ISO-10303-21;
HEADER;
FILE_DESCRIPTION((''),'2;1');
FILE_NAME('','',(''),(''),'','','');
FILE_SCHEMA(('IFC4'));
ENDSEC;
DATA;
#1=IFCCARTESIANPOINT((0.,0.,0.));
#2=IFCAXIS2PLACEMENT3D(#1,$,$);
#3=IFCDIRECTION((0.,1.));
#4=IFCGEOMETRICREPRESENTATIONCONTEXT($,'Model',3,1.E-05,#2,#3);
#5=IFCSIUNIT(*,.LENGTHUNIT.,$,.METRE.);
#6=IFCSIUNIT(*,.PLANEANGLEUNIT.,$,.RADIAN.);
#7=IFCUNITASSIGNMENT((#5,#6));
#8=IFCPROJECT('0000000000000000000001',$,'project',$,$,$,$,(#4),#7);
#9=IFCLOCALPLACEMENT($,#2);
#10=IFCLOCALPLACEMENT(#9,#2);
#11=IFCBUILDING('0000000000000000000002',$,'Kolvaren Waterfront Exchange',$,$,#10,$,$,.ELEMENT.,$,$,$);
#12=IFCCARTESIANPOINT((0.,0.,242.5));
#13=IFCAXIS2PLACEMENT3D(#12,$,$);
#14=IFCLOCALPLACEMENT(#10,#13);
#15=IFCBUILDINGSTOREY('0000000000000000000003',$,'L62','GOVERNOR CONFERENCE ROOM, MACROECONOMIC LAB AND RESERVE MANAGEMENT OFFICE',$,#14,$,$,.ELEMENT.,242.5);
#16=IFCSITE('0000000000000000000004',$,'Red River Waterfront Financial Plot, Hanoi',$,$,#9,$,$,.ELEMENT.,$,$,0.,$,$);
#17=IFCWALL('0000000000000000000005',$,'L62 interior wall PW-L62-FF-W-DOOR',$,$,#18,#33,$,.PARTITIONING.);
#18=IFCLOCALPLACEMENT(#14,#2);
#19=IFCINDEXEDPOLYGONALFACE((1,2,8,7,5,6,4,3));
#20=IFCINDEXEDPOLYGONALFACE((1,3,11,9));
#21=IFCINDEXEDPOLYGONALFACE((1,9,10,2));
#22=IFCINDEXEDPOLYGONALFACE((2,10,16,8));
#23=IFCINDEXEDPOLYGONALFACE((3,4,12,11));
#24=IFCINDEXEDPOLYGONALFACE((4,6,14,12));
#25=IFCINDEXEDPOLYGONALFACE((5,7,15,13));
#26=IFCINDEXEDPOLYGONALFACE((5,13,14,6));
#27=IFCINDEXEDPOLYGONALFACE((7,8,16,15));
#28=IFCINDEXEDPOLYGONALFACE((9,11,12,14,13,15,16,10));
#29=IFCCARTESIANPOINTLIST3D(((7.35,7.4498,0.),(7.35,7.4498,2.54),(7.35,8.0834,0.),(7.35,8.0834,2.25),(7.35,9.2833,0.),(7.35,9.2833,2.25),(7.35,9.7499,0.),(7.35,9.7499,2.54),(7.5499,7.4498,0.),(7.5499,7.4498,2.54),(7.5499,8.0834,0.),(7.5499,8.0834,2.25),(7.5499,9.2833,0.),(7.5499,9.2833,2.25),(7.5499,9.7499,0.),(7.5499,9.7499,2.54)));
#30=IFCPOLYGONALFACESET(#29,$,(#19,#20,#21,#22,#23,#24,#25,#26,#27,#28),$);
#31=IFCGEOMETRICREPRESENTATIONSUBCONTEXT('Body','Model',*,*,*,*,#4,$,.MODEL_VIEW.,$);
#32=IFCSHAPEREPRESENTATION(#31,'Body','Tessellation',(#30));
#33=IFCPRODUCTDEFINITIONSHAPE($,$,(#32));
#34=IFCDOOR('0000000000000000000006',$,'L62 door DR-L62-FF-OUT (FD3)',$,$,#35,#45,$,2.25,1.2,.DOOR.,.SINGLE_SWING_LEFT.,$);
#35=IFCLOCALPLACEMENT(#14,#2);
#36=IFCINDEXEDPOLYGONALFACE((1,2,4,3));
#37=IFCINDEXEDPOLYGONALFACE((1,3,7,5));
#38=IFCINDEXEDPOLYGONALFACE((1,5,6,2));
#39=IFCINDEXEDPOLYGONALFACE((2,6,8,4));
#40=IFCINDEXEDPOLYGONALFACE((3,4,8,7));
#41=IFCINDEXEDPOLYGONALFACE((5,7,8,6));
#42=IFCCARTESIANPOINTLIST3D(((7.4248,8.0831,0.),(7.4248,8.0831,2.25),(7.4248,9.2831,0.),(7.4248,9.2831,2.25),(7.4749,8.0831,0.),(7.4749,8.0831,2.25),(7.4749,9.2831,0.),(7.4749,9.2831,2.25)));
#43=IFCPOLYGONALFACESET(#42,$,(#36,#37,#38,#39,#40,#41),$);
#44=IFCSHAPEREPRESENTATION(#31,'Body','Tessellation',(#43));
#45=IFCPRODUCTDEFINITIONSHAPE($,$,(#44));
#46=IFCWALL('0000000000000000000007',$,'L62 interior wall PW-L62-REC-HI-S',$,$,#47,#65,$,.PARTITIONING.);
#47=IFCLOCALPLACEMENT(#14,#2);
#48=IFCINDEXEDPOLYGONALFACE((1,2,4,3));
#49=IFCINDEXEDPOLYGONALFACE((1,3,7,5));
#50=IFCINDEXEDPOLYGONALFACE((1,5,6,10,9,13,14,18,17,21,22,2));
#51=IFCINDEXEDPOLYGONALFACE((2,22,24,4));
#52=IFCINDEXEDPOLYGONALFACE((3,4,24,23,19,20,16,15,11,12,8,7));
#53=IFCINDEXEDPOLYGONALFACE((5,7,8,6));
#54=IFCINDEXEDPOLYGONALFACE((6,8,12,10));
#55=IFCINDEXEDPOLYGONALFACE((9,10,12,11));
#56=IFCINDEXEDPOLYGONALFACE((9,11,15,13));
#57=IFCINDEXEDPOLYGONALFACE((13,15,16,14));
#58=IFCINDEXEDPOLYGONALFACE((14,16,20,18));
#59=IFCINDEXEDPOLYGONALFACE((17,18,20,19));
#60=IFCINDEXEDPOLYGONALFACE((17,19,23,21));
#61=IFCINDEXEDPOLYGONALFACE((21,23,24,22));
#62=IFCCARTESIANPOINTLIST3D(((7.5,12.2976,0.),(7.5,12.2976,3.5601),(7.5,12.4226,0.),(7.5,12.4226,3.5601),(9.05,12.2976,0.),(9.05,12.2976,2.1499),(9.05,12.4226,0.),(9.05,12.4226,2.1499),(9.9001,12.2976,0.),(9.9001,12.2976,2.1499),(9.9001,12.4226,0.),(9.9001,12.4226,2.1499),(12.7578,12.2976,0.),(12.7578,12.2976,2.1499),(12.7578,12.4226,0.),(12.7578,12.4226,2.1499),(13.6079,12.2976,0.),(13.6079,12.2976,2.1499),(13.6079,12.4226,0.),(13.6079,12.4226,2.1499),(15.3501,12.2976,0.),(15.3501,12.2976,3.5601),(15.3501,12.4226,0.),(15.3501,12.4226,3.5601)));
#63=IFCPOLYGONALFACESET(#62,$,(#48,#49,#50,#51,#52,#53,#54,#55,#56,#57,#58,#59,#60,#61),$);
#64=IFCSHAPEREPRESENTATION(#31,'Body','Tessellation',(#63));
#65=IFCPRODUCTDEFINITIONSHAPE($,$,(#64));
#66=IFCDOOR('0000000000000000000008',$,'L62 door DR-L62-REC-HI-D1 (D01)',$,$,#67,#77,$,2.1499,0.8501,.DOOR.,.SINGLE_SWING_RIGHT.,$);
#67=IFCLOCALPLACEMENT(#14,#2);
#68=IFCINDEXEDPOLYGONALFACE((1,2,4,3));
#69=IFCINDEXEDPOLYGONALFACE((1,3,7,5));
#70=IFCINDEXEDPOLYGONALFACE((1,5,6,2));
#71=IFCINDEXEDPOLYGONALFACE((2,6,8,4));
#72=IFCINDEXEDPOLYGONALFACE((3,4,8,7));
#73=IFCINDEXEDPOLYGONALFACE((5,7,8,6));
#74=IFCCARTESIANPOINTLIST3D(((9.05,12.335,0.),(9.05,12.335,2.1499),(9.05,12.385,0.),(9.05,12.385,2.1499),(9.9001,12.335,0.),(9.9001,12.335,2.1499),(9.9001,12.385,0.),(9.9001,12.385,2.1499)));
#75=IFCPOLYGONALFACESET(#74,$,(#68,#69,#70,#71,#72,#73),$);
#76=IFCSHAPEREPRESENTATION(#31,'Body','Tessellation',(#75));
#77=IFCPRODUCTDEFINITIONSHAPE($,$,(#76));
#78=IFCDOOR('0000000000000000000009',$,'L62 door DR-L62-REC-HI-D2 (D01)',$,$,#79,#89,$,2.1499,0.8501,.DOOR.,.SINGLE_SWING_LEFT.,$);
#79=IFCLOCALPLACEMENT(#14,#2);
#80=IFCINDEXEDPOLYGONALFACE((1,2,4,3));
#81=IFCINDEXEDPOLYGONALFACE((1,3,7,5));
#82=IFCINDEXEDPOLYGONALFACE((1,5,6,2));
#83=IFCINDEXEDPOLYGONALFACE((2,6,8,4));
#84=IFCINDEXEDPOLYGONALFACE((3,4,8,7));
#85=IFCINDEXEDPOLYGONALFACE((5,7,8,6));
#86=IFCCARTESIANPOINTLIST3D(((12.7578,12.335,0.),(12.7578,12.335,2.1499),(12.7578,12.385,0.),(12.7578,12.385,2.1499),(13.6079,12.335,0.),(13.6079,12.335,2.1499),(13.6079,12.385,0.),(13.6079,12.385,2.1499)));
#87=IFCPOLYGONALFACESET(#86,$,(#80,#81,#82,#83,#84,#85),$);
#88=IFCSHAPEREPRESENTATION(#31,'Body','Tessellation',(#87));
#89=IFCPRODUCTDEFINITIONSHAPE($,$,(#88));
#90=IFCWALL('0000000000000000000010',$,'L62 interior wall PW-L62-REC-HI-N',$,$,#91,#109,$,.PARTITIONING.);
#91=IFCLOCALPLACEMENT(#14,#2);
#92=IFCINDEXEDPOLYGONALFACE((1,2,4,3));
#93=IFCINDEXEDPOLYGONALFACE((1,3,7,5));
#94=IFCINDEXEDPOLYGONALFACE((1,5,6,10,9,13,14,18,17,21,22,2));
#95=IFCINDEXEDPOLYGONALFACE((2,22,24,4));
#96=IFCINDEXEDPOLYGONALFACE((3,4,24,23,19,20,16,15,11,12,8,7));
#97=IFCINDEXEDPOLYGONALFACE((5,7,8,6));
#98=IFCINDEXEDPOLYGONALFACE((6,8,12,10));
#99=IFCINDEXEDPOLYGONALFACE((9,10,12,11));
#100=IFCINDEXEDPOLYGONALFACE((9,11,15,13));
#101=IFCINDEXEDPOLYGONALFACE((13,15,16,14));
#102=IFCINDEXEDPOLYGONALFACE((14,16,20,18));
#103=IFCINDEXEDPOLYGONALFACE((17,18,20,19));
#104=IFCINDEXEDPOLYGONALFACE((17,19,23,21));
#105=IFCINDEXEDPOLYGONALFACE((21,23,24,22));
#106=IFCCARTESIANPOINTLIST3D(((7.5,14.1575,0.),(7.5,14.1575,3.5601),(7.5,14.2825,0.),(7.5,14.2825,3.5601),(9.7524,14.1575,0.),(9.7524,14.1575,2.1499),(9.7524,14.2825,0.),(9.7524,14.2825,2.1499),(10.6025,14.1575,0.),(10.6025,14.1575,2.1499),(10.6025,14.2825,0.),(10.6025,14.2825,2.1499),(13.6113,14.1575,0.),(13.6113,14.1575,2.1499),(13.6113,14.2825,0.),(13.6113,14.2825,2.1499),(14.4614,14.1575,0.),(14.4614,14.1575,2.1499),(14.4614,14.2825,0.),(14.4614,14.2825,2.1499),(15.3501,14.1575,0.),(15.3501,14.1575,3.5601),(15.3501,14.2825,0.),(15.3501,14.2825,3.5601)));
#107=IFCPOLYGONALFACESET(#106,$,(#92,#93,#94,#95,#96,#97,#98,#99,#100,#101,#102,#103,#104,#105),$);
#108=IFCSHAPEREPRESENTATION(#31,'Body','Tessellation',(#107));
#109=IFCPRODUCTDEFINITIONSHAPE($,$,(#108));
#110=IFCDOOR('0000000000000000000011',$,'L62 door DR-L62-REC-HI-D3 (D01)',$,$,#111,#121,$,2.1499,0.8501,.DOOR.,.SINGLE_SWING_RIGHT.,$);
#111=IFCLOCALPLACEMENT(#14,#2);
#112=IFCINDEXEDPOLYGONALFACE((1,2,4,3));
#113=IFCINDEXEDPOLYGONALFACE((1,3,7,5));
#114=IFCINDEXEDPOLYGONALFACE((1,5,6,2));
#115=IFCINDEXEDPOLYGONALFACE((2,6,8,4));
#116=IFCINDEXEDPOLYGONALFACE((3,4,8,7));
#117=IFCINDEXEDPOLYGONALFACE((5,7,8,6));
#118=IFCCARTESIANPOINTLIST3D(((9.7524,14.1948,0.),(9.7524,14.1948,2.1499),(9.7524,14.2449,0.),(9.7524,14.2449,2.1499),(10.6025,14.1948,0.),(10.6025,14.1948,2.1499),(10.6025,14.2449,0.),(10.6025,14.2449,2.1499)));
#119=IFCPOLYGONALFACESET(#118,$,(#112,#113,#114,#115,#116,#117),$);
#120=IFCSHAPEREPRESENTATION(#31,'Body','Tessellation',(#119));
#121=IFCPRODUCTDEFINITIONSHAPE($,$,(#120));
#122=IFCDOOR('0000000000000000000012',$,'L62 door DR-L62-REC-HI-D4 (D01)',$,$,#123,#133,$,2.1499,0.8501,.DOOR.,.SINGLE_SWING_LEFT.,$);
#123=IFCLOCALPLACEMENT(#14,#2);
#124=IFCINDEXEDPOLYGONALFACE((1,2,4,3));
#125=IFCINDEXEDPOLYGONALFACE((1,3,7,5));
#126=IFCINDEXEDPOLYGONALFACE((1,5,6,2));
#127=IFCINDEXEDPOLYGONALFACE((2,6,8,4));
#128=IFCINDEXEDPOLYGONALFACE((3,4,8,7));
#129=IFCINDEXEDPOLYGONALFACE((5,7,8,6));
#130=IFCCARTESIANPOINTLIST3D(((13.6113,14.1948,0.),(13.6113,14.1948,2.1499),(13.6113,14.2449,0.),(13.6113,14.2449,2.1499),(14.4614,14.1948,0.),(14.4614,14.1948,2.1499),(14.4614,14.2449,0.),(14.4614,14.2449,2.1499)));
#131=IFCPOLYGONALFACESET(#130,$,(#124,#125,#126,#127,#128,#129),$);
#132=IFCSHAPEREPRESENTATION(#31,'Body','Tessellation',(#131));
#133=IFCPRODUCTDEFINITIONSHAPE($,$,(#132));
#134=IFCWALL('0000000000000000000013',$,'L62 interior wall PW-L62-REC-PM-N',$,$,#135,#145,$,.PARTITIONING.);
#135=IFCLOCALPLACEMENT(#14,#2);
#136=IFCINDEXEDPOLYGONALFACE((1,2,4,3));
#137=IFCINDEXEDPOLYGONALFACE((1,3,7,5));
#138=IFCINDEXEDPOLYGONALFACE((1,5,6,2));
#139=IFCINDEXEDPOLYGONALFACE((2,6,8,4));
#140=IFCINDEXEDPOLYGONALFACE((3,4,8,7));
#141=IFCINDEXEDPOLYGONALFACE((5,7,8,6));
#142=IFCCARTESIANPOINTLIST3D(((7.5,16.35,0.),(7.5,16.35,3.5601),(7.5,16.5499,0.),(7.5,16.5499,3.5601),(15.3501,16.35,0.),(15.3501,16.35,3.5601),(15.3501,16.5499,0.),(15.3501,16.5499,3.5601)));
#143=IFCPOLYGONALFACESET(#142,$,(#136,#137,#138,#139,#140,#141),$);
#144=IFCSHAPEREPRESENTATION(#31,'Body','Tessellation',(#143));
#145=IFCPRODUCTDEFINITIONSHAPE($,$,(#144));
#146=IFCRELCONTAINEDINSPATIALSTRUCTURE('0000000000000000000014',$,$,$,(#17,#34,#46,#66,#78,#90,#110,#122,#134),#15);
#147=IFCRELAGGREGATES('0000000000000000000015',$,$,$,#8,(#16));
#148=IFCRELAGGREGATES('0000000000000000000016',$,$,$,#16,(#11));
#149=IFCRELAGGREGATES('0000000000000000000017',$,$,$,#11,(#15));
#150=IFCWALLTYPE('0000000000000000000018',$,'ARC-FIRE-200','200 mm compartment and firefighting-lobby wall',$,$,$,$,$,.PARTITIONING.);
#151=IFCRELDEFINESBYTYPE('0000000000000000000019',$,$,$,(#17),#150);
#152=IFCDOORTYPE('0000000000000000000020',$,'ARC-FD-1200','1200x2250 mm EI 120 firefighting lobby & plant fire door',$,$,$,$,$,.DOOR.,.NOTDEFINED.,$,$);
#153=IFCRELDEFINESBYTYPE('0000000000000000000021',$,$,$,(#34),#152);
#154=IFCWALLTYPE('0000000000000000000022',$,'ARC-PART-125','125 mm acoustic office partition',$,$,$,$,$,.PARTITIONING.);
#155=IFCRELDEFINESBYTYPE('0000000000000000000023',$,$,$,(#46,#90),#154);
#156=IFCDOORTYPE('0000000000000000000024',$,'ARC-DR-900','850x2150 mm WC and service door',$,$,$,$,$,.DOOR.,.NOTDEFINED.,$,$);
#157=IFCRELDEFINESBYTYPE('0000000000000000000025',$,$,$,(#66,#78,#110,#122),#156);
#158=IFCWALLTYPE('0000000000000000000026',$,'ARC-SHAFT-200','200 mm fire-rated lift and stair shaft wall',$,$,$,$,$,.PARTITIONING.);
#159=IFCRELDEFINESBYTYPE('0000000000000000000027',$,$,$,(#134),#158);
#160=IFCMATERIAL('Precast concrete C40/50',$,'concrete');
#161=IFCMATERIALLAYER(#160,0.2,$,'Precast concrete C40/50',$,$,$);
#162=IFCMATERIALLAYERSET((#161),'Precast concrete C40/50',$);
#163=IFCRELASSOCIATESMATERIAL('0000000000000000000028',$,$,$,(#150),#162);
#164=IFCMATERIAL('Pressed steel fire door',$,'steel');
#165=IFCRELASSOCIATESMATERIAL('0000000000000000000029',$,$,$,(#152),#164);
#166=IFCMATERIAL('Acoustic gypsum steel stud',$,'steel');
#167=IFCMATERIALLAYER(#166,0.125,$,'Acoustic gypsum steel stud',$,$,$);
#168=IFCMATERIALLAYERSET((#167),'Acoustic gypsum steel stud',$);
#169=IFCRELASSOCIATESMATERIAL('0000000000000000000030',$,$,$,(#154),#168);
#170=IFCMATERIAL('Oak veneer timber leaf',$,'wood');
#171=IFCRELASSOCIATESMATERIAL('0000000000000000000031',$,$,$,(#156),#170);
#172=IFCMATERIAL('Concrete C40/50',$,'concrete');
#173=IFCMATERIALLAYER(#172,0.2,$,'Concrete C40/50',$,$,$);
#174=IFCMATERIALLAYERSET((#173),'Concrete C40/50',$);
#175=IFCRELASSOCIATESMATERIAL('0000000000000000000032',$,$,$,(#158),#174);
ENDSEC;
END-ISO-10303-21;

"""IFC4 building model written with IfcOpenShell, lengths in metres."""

from ifc_helpers import new_model, si_unit, direction, frame, frame_2d, origin, place, context, subcontext, project, spatial, rectangle, extrude, material, layer, layer_set, type_object, element, fill, save


model = new_model("IFC4")

# Units and contexts
model_context = context("Model", 3, precision=1e-05, world=origin(), true_north=direction((0.0, 1.0)))
body_context = subcontext(model_context, "Body", "Model", "MODEL_VIEW")
ifc_project = project(units=[si_unit("LENGTHUNIT", "METRE"), si_unit("PLANEANGLEUNIT", "RADIAN")], contexts=[model_context])

# Site, building, storey
site_placement = place(None, origin())
site = spatial("IfcSite", under=ifc_project, at=site_placement, Name="Red River Waterfront Financial Plot, Hanoi", CompositionType="ELEMENT", RefElevation=0.0)
building_placement = place(site_placement, origin())
building = spatial("IfcBuilding", under=site, at=building_placement, Name="Kolvaren Waterfront Exchange", CompositionType="ELEMENT")
storey_placement = place(building_placement, frame((0.0, 0.0, 242.5)))
storey = spatial("IfcBuildingStorey", under=building, at=storey_placement, Name="L62", Description="GOVERNOR CONFERENCE ROOM, MACROECONOMIC LAB AND RESERVE MANAGEMENT OFFICE", CompositionType="ELEMENT", Elevation=242.5)

# Shared definitions
ifc_material_1 = material(Name="Precast concrete C40/50", Category="concrete")
ifc_layer_1 = layer(ifc_material_1, 0.2, Name="Precast concrete C40/50")
ifc_layer_set_1 = layer_set([ifc_layer_1], Name="Precast concrete C40/50")
wall_type_1 = type_object("IfcWallType", Name="ARC-FIRE-200", Description="200 mm compartment and firefighting-lobby wall", PredefinedType="PARTITIONING", material=ifc_layer_set_1)

# Wall, opening, door
wall_1_placement = place(storey_placement, frame((7.45, 7.45, 0.0), z_axis=(0.0, 0.0, 1.0), x_axis=(0.0, 1.0, 0.0)))
wall_1 = element("IfcWall", 1, at=wall_1_placement, inside=storey, type_object=wall_type_1, Name="L62 interior wall PW-L62-FF-W-DOOR", PredefinedType="PARTITIONING", context=body_context, shape_type="SweptSolid", body=[
    extrude(rectangle(XDim=2.3, YDim=0.2, at=frame_2d((1.1499, 0.0))), origin(), (0.0, 0.0, 1.0), 2.54),
])
opening_1_placement = place(wall_1_placement, frame((0.6333, 0.0, 0.0)))
opening_1 = element("IfcOpeningElement", 2, at=opening_1_placement, cuts=wall_1, PredefinedType="OPENING", context=body_context, shape_type="SweptSolid", body=[
    extrude(rectangle(XDim=1.2, YDim=2.25, at=frame_2d((0.6001, 1.125))), frame((0.0, 0.1099, 0.0), z_axis=(0.0, -1.0, 0.0), x_axis=(1.0, 0.0, 0.0)), (0.0, 0.0, 1.0), 0.22),
])
ifc_material_2 = material(Name="Pressed steel fire door", Category="steel")
door_type_1 = type_object("IfcDoorType", Name="ARC-FD-1200", Description="1200x2250 mm EI 120 firefighting lobby & plant fire door", OperationType="NOTDEFINED", PredefinedType="DOOR", material=ifc_material_2)
door_1_placement = place(opening_1_placement, frame((1.2, 0.0, 0.0), z_axis=(0.0, 0.0, 1.0), x_axis=(-1.0, 0.0, 0.0)))
door_1 = element("IfcDoor", 3, at=door_1_placement, inside=storey, type_object=door_type_1, Name="L62 door DR-L62-FF-OUT (FD3)", OperationType="SINGLE_SWING_LEFT", OverallHeight=2.25, OverallWidth=1.2, PredefinedType="DOOR", context=body_context, shape_type="SweptSolid", body=[
    extrude(rectangle(XDim=1.2, YDim=2.25, at=frame_2d((0.6001, 1.125))), frame((0.0, 0.0249, 0.0), z_axis=(0.0, -1.0, 0.0), x_axis=(1.0, 0.0, 0.0)), (0.0, 0.0, 1.0), 0.05),
])
fill(opening_1, door_1)

# Walls, openings, doors
ifc_material_3 = material(Name="Acoustic gypsum steel stud", Category="steel")
ifc_layer_2 = layer(ifc_material_3, 0.125, Name="Acoustic gypsum steel stud")
ifc_layer_set_2 = layer_set([ifc_layer_2], Name="Acoustic gypsum steel stud")
wall_type_2 = type_object("IfcWallType", Name="ARC-PART-125", Description="125 mm acoustic office partition", PredefinedType="PARTITIONING", material=ifc_layer_set_2)
wall_2_placement = place(storey_placement, frame((7.5, 12.3601, 0.0), z_axis=(0.0, 0.0, 1.0), x_axis=(1.0, 0.0, 0.0)))
wall_2 = element("IfcWall", 4, at=wall_2_placement, inside=storey, type_object=wall_type_2, Name="L62 interior wall PW-L62-REC-HI-S", PredefinedType="PARTITIONING", context=body_context, shape_type="SweptSolid", body=[
    extrude(rectangle(XDim=7.8501, YDim=0.125, at=frame_2d((3.925, 0.0))), origin(), (0.0, 0.0, 1.0), 3.5601),
])
opening_2_placement = place(wall_2_placement, frame((1.55, 0.0, 0.0)))
opening_2 = element("IfcOpeningElement", 5, at=opening_2_placement, cuts=wall_2, PredefinedType="OPENING", context=body_context, shape_type="SweptSolid", body=[
    extrude(rectangle(XDim=0.8501, YDim=2.1499, at=frame_2d((0.425, 1.075))), frame((0.0, 0.0725, 0.0), z_axis=(0.0, -1.0, 0.0), x_axis=(1.0, 0.0, 0.0)), (0.0, 0.0, 1.0), 0.145),
])
opening_3_placement = place(wall_2_placement, frame((5.2578, 0.0, 0.0)))
opening_3 = element("IfcOpeningElement", 6, at=opening_3_placement, cuts=wall_2, PredefinedType="OPENING", context=body_context, shape_type="SweptSolid", body=[
    extrude(rectangle(XDim=0.8501, YDim=2.1499, at=frame_2d((0.425, 1.075))), frame((0.0, 0.0725, 0.0), z_axis=(0.0, -1.0, 0.0), x_axis=(1.0, 0.0, 0.0)), (0.0, 0.0, 1.0), 0.145),
])
ifc_material_4 = material(Name="Oak veneer timber leaf", Category="wood")
door_type_2 = type_object("IfcDoorType", Name="ARC-DR-900", Description="850x2150 mm WC and service door", OperationType="NOTDEFINED", PredefinedType="DOOR", material=ifc_material_4)
door_2_placement = place(opening_2_placement, origin())
door_2 = element("IfcDoor", 7, at=door_2_placement, inside=storey, type_object=door_type_2, Name="L62 door DR-L62-REC-HI-D1 (D01)", OperationType="SINGLE_SWING_RIGHT", OverallHeight=2.1499, OverallWidth=0.8501, PredefinedType="DOOR", context=body_context, shape_type="SweptSolid", body=[
    extrude(rectangle(XDim=0.8501, YDim=2.1499, at=frame_2d((0.425, 1.075))), frame((0.0, 0.0249, 0.0), z_axis=(0.0, -1.0, 0.0), x_axis=(1.0, 0.0, 0.0)), (0.0, 0.0, 1.0), 0.05),
])
fill(opening_2, door_2)
door_3_placement = place(opening_3_placement, origin())
door_3 = element("IfcDoor", 8, at=door_3_placement, inside=storey, type_object=door_type_2, Name="L62 door DR-L62-REC-HI-D2 (D01)", OperationType="SINGLE_SWING_LEFT", OverallHeight=2.1499, OverallWidth=0.8501, PredefinedType="DOOR", context=body_context, shape_type="SweptSolid", body=[
    extrude(rectangle(XDim=0.8501, YDim=2.1499, at=frame_2d((0.425, 1.075))), frame((0.0, 0.0249, 0.0), z_axis=(0.0, -1.0, 0.0), x_axis=(1.0, 0.0, 0.0)), (0.0, 0.0, 1.0), 0.05),
])
fill(opening_3, door_3)
wall_3_placement = place(storey_placement, frame((7.5, 14.22, 0.0), z_axis=(0.0, 0.0, 1.0), x_axis=(1.0, 0.0, 0.0)))
wall_3 = element("IfcWall", 9, at=wall_3_placement, inside=storey, type_object=wall_type_2, Name="L62 interior wall PW-L62-REC-HI-N", PredefinedType="PARTITIONING", context=body_context, shape_type="SweptSolid", body=[
    extrude(rectangle(XDim=7.8501, YDim=0.125, at=frame_2d((3.925, 0.0))), origin(), (0.0, 0.0, 1.0), 3.5601),
])
opening_4_placement = place(wall_3_placement, frame((2.2524, 0.0, 0.0)))
opening_4 = element("IfcOpeningElement", 10, at=opening_4_placement, cuts=wall_3, PredefinedType="OPENING", context=body_context, shape_type="SweptSolid", body=[
    extrude(rectangle(XDim=0.8501, YDim=2.1499, at=frame_2d((0.425, 1.075))), frame((0.0, 0.0725, 0.0), z_axis=(0.0, -1.0, 0.0), x_axis=(1.0, 0.0, 0.0)), (0.0, 0.0, 1.0), 0.145),
])
opening_5_placement = place(wall_3_placement, frame((6.1113, 0.0, 0.0)))
opening_5 = element("IfcOpeningElement", 11, at=opening_5_placement, cuts=wall_3, PredefinedType="OPENING", context=body_context, shape_type="SweptSolid", body=[
    extrude(rectangle(XDim=0.8501, YDim=2.1499, at=frame_2d((0.425, 1.075))), frame((0.0, 0.0725, 0.0), z_axis=(0.0, -1.0, 0.0), x_axis=(1.0, 0.0, 0.0)), (0.0, 0.0, 1.0), 0.145),
])
door_4_placement = place(opening_4_placement, origin())
door_4 = element("IfcDoor", 12, at=door_4_placement, inside=storey, type_object=door_type_2, Name="L62 door DR-L62-REC-HI-D3 (D01)", OperationType="SINGLE_SWING_RIGHT", OverallHeight=2.1499, OverallWidth=0.8501, PredefinedType="DOOR", context=body_context, shape_type="SweptSolid", body=[
    extrude(rectangle(XDim=0.8501, YDim=2.1499, at=frame_2d((0.425, 1.075))), frame((0.0, 0.0249, 0.0), z_axis=(0.0, -1.0, 0.0), x_axis=(1.0, 0.0, 0.0)), (0.0, 0.0, 1.0), 0.05),
])
fill(opening_4, door_4)
door_5_placement = place(opening_5_placement, origin())
door_5 = element("IfcDoor", 13, at=door_5_placement, inside=storey, type_object=door_type_2, Name="L62 door DR-L62-REC-HI-D4 (D01)", OperationType="SINGLE_SWING_LEFT", OverallHeight=2.1499, OverallWidth=0.8501, PredefinedType="DOOR", context=body_context, shape_type="SweptSolid", body=[
    extrude(rectangle(XDim=0.8501, YDim=2.1499, at=frame_2d((0.425, 1.075))), frame((0.0, 0.0249, 0.0), z_axis=(0.0, -1.0, 0.0), x_axis=(1.0, 0.0, 0.0)), (0.0, 0.0, 1.0), 0.05),
])
fill(opening_5, door_5)

# Wall
ifc_material_5 = material(Name="Concrete C40/50", Category="concrete")
ifc_layer_3 = layer(ifc_material_5, 0.2, Name="Concrete C40/50")
ifc_layer_set_3 = layer_set([ifc_layer_3], Name="Concrete C40/50")
wall_type_3 = type_object("IfcWallType", Name="ARC-SHAFT-200", Description="200 mm fire-rated lift and stair shaft wall", PredefinedType="PARTITIONING", material=ifc_layer_set_3)
wall_4_placement = place(storey_placement, frame((7.5, 16.45, 0.0), z_axis=(0.0, 0.0, 1.0), x_axis=(1.0, 0.0, 0.0)))
element("IfcWall", 14, at=wall_4_placement, inside=storey, type_object=wall_type_3, Name="L62 interior wall PW-L62-REC-PM-N", PredefinedType="PARTITIONING", context=body_context, shape_type="SweptSolid", body=[
    extrude(rectangle(XDim=7.8501, YDim=0.2, at=frame_2d((3.925, 0.0))), origin(), (0.0, 0.0, 1.0), 3.5601),
])

save(model, "model.ifc")
